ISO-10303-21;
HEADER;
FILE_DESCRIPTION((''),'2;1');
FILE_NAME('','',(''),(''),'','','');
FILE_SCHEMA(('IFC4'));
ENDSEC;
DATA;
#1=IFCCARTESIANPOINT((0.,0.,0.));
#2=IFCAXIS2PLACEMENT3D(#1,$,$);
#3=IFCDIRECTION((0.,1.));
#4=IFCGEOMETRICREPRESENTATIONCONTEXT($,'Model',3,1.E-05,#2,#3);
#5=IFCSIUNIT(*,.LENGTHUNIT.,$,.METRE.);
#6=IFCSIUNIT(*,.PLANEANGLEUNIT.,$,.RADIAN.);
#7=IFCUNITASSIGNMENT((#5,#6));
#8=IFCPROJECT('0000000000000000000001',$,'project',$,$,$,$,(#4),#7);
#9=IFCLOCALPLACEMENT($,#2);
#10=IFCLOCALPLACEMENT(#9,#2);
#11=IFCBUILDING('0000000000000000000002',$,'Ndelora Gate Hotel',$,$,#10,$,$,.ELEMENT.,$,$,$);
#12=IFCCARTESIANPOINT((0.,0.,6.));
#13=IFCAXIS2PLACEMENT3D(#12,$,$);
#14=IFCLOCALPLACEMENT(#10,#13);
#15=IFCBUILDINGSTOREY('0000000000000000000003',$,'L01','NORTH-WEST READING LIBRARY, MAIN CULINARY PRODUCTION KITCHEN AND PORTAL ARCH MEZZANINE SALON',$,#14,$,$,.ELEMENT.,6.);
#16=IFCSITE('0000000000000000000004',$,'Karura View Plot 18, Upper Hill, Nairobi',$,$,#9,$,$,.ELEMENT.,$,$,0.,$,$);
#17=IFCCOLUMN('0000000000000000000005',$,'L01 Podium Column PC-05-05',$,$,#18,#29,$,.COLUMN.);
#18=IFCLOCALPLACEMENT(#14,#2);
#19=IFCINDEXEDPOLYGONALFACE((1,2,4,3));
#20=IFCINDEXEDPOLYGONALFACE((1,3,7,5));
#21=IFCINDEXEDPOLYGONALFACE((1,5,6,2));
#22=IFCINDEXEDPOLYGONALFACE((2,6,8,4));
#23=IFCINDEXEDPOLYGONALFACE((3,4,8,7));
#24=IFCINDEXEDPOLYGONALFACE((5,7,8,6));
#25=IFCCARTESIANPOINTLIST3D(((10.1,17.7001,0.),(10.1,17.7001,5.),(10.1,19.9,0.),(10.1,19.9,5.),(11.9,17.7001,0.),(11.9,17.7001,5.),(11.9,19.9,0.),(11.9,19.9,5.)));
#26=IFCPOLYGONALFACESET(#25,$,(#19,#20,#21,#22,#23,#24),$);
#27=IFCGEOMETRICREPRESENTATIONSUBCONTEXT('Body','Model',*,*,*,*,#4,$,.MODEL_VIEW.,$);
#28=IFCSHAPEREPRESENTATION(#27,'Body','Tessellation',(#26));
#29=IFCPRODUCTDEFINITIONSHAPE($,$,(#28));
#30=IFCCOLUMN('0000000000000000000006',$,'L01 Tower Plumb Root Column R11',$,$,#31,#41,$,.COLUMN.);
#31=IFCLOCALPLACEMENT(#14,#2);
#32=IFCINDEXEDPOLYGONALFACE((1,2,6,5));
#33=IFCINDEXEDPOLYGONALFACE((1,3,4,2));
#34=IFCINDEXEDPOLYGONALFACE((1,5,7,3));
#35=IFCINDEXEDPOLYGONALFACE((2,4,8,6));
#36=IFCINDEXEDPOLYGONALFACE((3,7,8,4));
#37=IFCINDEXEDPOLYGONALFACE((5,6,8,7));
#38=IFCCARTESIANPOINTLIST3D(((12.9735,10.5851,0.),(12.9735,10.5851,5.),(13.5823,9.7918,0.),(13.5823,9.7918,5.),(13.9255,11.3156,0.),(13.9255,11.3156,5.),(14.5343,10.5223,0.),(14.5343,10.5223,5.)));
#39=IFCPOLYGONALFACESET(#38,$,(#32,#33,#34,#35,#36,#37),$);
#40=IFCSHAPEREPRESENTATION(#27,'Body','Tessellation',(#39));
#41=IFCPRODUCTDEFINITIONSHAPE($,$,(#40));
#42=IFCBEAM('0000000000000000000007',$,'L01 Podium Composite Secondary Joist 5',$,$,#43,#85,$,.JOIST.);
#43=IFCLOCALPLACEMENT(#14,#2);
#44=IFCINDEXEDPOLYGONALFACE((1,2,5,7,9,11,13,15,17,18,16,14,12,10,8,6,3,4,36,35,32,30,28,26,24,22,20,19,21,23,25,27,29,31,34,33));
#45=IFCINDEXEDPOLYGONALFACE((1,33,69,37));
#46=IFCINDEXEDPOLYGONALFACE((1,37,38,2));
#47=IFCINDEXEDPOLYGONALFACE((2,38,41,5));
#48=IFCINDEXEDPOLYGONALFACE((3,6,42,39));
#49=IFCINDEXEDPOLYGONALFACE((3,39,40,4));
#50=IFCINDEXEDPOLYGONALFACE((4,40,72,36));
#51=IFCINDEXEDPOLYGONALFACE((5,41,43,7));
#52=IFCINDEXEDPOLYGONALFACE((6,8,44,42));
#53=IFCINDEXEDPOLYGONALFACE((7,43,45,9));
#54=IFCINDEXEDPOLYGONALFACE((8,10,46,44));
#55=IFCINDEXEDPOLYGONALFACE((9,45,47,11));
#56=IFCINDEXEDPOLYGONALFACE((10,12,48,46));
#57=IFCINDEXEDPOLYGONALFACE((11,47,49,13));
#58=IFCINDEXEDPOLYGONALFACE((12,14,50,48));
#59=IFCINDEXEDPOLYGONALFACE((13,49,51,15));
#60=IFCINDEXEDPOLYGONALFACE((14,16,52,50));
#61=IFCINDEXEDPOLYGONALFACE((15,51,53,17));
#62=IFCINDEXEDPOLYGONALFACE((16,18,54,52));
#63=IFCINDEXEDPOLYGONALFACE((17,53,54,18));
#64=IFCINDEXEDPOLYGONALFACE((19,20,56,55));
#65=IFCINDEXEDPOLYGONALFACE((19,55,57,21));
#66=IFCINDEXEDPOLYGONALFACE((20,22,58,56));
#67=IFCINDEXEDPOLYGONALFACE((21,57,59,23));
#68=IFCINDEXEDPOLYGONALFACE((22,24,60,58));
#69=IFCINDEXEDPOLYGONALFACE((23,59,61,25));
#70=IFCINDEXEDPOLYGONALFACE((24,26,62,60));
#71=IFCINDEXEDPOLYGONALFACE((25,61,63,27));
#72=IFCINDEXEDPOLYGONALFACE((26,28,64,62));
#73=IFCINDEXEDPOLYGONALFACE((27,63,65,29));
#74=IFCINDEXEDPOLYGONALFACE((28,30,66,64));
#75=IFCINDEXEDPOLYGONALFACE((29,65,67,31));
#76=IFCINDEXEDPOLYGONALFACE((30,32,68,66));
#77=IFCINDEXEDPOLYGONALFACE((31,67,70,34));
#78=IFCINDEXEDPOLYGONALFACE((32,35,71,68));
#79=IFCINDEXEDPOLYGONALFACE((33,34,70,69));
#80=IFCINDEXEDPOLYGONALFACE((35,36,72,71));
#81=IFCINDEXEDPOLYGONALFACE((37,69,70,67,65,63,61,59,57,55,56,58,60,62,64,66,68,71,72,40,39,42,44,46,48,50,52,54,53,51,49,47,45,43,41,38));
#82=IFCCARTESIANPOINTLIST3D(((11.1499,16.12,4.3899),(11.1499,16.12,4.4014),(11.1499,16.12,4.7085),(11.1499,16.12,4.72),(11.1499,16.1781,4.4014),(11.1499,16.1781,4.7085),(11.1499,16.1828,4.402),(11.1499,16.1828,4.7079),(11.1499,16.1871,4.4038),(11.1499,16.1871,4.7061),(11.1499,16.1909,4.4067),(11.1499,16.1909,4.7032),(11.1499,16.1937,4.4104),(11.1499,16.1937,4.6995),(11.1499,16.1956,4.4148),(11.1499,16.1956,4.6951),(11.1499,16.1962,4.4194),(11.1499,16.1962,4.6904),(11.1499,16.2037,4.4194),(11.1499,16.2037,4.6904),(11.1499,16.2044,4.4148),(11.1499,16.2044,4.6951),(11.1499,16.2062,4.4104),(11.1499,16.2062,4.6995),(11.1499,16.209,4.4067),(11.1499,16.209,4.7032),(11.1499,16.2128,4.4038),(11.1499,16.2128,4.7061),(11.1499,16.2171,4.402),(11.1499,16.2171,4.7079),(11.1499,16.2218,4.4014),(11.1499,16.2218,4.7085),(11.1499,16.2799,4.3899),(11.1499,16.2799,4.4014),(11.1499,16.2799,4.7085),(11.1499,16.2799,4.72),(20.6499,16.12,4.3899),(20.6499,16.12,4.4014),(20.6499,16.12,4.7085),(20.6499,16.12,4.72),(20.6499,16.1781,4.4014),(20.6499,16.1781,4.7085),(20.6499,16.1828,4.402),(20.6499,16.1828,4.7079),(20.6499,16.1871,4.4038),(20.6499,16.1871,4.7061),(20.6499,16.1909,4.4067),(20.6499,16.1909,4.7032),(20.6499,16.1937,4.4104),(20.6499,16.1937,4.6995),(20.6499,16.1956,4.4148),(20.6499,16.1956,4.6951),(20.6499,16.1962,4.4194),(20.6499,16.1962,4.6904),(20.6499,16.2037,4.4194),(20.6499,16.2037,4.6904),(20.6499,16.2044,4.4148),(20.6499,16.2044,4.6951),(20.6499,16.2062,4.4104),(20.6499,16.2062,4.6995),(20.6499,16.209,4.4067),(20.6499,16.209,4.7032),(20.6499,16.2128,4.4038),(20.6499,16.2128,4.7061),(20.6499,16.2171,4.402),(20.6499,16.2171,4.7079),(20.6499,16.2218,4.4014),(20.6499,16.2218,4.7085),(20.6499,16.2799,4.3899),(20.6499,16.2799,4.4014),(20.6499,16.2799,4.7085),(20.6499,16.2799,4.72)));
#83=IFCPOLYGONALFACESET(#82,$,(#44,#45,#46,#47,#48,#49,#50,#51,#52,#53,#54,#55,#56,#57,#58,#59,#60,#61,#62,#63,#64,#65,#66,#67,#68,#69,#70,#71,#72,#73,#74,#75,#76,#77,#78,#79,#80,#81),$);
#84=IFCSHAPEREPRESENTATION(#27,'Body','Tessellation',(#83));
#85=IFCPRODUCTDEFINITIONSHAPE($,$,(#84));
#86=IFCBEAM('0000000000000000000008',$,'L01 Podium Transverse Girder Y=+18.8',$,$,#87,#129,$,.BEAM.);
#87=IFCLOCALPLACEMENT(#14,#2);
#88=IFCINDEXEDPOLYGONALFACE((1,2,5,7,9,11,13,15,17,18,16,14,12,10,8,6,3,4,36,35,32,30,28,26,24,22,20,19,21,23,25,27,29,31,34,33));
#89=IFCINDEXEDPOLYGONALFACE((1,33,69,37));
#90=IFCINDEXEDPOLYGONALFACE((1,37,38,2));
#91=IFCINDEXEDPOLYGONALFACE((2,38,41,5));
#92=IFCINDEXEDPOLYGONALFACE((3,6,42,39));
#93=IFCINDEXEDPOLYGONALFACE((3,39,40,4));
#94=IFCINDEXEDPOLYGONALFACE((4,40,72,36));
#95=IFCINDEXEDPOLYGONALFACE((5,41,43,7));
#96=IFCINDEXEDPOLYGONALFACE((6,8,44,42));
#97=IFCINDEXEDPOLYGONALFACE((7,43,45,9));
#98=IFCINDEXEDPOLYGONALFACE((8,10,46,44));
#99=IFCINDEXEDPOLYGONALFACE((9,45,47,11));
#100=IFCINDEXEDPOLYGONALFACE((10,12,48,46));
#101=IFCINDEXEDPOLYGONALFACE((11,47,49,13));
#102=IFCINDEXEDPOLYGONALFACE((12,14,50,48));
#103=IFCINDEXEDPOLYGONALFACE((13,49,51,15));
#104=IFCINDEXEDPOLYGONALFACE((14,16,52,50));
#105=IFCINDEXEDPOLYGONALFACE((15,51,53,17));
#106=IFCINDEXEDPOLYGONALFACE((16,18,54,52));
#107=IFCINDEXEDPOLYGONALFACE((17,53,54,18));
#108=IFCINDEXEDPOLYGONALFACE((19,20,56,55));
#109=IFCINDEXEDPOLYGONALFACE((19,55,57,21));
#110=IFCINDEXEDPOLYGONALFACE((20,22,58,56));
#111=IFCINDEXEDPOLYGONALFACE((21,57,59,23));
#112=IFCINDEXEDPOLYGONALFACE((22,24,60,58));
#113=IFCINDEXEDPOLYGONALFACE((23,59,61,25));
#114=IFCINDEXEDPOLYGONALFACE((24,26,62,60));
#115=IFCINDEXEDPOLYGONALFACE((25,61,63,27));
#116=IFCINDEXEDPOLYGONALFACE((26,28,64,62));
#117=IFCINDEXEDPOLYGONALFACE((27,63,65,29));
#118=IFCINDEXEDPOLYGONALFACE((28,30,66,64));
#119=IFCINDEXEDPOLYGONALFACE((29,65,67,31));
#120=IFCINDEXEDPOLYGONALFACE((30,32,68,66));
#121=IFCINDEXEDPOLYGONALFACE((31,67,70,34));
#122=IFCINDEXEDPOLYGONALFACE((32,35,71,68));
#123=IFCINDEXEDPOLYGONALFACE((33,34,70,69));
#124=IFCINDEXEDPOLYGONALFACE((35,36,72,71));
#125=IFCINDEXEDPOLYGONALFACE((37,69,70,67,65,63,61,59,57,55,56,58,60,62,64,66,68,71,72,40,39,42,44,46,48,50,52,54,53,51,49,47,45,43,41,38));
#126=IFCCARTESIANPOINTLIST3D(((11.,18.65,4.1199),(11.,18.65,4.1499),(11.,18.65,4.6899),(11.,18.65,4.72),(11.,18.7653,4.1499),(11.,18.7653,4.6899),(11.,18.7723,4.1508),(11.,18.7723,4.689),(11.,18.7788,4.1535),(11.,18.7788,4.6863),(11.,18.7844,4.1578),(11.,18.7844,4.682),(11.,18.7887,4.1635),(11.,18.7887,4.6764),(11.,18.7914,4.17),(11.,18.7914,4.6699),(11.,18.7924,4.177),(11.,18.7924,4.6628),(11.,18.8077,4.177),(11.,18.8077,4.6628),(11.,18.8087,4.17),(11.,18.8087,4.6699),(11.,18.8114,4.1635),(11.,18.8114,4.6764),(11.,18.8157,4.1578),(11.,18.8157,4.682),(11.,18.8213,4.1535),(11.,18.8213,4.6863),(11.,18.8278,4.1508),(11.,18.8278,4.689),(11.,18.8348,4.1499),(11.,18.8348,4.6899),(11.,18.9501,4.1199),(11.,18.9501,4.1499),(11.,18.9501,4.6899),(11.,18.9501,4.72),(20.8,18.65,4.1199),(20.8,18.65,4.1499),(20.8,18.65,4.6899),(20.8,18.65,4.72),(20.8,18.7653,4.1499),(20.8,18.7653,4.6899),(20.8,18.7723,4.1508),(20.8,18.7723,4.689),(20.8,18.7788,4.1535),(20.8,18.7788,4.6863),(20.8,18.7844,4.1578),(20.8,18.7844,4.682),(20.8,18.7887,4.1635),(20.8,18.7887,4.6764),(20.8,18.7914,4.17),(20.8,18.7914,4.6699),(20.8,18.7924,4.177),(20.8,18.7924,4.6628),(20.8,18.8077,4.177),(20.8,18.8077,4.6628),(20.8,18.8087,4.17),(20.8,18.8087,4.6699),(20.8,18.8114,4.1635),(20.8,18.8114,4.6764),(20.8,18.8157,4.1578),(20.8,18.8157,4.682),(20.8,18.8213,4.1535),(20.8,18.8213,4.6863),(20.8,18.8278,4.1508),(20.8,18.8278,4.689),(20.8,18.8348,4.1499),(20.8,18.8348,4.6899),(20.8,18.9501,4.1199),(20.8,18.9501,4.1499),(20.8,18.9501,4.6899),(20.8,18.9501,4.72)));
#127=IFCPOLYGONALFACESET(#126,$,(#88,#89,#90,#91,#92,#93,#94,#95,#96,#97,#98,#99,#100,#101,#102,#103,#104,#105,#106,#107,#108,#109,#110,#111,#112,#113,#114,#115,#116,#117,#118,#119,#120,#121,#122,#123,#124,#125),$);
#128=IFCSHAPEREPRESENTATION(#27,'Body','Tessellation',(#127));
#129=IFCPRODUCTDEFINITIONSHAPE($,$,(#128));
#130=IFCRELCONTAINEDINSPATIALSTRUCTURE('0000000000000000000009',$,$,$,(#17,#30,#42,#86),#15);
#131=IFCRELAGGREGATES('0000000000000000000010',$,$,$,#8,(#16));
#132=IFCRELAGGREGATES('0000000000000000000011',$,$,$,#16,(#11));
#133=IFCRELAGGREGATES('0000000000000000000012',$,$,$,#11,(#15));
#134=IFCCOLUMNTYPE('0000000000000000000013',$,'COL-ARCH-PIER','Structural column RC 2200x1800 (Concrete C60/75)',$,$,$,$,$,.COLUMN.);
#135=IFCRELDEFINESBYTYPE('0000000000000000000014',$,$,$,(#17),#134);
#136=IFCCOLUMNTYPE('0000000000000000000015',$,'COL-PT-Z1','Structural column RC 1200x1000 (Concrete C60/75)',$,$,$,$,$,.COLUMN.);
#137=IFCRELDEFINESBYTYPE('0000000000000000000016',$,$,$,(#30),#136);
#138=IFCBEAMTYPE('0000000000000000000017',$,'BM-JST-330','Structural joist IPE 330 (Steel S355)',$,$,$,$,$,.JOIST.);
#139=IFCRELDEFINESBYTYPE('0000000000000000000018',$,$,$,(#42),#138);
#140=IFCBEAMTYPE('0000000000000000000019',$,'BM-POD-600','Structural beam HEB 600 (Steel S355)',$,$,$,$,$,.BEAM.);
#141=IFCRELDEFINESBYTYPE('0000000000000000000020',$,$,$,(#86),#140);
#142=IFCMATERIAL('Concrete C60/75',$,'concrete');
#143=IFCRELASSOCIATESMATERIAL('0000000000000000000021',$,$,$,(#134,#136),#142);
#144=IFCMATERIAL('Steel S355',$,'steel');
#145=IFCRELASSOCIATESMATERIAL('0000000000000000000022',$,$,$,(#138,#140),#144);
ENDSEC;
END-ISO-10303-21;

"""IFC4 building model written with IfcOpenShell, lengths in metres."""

from ifc_helpers import new_model, si_unit, direction, frame, origin, origin_2d, place, context, subcontext, project, spatial, rectangle, i_section, extrude, material, material_profile, profile_set, type_object, element, save


model = new_model("IFC4")

# Units and contexts
model_context = context("Model", 3, precision=1e-05, world=origin(), true_north=direction((0.0, 1.0)))
body_context = subcontext(model_context, "Body", "Model", "MODEL_VIEW")
ifc_project = project(units=[si_unit("LENGTHUNIT", "METRE"), si_unit("PLANEANGLEUNIT", "RADIAN")], contexts=[model_context])

# Site, building, storey
site_placement = place(None, origin())
site = spatial("IfcSite", under=ifc_project, at=site_placement, Name="Karura View Plot 18, Upper Hill, Nairobi", CompositionType="ELEMENT", RefElevation=0.0)
building_placement = place(site_placement, origin())
building = spatial("IfcBuilding", under=site, at=building_placement, Name="Ndelora Gate Hotel", CompositionType="ELEMENT")
storey_placement = place(building_placement, frame((0.0, 0.0, 6.0)))
storey = spatial("IfcBuildingStorey", under=building, at=storey_placement, Name="L01", Description="NORTH-WEST READING LIBRARY, MAIN CULINARY PRODUCTION KITCHEN AND PORTAL ARCH MEZZANINE SALON", CompositionType="ELEMENT", Elevation=6.0)

# Columns
ifc_material_1 = material(Name="Concrete C60/75", Category="concrete")
ifc_material_profile_1 = material_profile(ifc_material_1, rectangle(XDim=1.8, YDim=2.2, at=origin_2d()), Name="RC 2200x1800")
ifc_profile_set_1 = profile_set([ifc_material_profile_1], Name="Concrete C60/75")
column_type_1 = type_object("IfcColumnType", Name="COL-ARCH-PIER", Description="Structural column RC 2200x1800 (Concrete C60/75)", PredefinedType="COLUMN", material=ifc_profile_set_1)
column_1_placement = place(storey_placement, frame((11.0, 18.8, 0.0), z_axis=(0.0, 0.0, 1.0), x_axis=(1.0, 0.0, 0.0)))
element("IfcColumn", 1, at=column_1_placement, inside=storey, type_object=column_type_1, Name="L01 Podium Column PC-05-05", PredefinedType="COLUMN", context=body_context, shape_type="SweptSolid", body=[
    extrude(rectangle(XDim=1.8, YDim=2.2, at=origin_2d()), origin(), (0.0, 0.0, 1.0), 5.0),
])
ifc_material_profile_2 = material_profile(ifc_material_1, rectangle(XDim=1.0, YDim=1.2, at=origin_2d()), Name="RC 1200x1000")
ifc_profile_set_2 = profile_set([ifc_material_profile_2], Name="Concrete C60/75")
column_type_2 = type_object("IfcColumnType", Name="COL-PT-Z1", Description="Structural column RC 1200x1000 (Concrete C60/75)", PredefinedType="COLUMN", material=ifc_profile_set_2)
column_2_placement = place(storey_placement, frame((13.7539, 10.5537, 0.0), z_axis=(0.0, 0.0, 1.0), x_axis=(-0.608761, 0.793353, 0.0)))
element("IfcColumn", 2, at=column_2_placement, inside=storey, type_object=column_type_2, Name="L01 Tower Plumb Root Column R11", PredefinedType="COLUMN", context=body_context, shape_type="SweptSolid", body=[
    extrude(rectangle(XDim=1.0, YDim=1.2, at=origin_2d()), origin(), (0.0, 0.0, 1.0), 5.0),
])

# Beams
ifc_material_2 = material(Name="Steel S355", Category="steel")
ifc_material_profile_3 = material_profile(ifc_material_2, i_section(OverallWidth=0.1599, OverallDepth=0.3301, WebThickness=0.0076, FlangeThickness=0.0115, FilletRadius=0.0181, at=origin_2d()), Name="IPE 330")
ifc_profile_set_3 = profile_set([ifc_material_profile_3], Name="Steel S355")
beam_type_1 = type_object("IfcBeamType", Name="BM-JST-330", Description="Structural joist IPE 330 (Steel S355)", PredefinedType="JOIST", material=ifc_profile_set_3)
beam_1_placement = place(storey_placement, frame((11.1499, 16.2, 4.5549), z_axis=(1.0, 0.0, 0.0), x_axis=(0.0, 1.0, 0.0)))
element("IfcBeam", 3, at=beam_1_placement, inside=storey, type_object=beam_type_1, Name="L01 Podium Composite Secondary Joist 5", PredefinedType="JOIST", context=body_context, shape_type="SweptSolid", body=[
    extrude(i_section(OverallWidth=0.1599, OverallDepth=0.3301, WebThickness=0.0076, FlangeThickness=0.0115, FilletRadius=0.0181, at=origin_2d()), origin(), (0.0, 0.0, 1.0), 9.5),
])
ifc_material_profile_4 = material_profile(ifc_material_2, i_section(OverallWidth=0.3, OverallDepth=0.6001, WebThickness=0.0154, FlangeThickness=0.03, FilletRadius=0.0271, at=origin_2d()), Name="HEB 600")
ifc_profile_set_4 = profile_set([ifc_material_profile_4], Name="Steel S355")
beam_type_2 = type_object("IfcBeamType", Name="BM-POD-600", Description="Structural beam HEB 600 (Steel S355)", PredefinedType="BEAM", material=ifc_profile_set_4)
beam_2_placement = place(storey_placement, frame((11.0, 18.8, 4.4199), z_axis=(1.0, 0.0, 0.0), x_axis=(0.0, 1.0, 0.0)))
element("IfcBeam", 4, at=beam_2_placement, inside=storey, type_object=beam_type_2, Name="L01 Podium Transverse Girder Y=+18.8", PredefinedType="BEAM", context=body_context, shape_type="SweptSolid", body=[
    extrude(i_section(OverallWidth=0.3, OverallDepth=0.6001, WebThickness=0.0154, FlangeThickness=0.03, FilletRadius=0.0271, at=origin_2d()), origin(), (0.0, 0.0, 1.0), 9.8),
])

save(model, "model.ifc")
